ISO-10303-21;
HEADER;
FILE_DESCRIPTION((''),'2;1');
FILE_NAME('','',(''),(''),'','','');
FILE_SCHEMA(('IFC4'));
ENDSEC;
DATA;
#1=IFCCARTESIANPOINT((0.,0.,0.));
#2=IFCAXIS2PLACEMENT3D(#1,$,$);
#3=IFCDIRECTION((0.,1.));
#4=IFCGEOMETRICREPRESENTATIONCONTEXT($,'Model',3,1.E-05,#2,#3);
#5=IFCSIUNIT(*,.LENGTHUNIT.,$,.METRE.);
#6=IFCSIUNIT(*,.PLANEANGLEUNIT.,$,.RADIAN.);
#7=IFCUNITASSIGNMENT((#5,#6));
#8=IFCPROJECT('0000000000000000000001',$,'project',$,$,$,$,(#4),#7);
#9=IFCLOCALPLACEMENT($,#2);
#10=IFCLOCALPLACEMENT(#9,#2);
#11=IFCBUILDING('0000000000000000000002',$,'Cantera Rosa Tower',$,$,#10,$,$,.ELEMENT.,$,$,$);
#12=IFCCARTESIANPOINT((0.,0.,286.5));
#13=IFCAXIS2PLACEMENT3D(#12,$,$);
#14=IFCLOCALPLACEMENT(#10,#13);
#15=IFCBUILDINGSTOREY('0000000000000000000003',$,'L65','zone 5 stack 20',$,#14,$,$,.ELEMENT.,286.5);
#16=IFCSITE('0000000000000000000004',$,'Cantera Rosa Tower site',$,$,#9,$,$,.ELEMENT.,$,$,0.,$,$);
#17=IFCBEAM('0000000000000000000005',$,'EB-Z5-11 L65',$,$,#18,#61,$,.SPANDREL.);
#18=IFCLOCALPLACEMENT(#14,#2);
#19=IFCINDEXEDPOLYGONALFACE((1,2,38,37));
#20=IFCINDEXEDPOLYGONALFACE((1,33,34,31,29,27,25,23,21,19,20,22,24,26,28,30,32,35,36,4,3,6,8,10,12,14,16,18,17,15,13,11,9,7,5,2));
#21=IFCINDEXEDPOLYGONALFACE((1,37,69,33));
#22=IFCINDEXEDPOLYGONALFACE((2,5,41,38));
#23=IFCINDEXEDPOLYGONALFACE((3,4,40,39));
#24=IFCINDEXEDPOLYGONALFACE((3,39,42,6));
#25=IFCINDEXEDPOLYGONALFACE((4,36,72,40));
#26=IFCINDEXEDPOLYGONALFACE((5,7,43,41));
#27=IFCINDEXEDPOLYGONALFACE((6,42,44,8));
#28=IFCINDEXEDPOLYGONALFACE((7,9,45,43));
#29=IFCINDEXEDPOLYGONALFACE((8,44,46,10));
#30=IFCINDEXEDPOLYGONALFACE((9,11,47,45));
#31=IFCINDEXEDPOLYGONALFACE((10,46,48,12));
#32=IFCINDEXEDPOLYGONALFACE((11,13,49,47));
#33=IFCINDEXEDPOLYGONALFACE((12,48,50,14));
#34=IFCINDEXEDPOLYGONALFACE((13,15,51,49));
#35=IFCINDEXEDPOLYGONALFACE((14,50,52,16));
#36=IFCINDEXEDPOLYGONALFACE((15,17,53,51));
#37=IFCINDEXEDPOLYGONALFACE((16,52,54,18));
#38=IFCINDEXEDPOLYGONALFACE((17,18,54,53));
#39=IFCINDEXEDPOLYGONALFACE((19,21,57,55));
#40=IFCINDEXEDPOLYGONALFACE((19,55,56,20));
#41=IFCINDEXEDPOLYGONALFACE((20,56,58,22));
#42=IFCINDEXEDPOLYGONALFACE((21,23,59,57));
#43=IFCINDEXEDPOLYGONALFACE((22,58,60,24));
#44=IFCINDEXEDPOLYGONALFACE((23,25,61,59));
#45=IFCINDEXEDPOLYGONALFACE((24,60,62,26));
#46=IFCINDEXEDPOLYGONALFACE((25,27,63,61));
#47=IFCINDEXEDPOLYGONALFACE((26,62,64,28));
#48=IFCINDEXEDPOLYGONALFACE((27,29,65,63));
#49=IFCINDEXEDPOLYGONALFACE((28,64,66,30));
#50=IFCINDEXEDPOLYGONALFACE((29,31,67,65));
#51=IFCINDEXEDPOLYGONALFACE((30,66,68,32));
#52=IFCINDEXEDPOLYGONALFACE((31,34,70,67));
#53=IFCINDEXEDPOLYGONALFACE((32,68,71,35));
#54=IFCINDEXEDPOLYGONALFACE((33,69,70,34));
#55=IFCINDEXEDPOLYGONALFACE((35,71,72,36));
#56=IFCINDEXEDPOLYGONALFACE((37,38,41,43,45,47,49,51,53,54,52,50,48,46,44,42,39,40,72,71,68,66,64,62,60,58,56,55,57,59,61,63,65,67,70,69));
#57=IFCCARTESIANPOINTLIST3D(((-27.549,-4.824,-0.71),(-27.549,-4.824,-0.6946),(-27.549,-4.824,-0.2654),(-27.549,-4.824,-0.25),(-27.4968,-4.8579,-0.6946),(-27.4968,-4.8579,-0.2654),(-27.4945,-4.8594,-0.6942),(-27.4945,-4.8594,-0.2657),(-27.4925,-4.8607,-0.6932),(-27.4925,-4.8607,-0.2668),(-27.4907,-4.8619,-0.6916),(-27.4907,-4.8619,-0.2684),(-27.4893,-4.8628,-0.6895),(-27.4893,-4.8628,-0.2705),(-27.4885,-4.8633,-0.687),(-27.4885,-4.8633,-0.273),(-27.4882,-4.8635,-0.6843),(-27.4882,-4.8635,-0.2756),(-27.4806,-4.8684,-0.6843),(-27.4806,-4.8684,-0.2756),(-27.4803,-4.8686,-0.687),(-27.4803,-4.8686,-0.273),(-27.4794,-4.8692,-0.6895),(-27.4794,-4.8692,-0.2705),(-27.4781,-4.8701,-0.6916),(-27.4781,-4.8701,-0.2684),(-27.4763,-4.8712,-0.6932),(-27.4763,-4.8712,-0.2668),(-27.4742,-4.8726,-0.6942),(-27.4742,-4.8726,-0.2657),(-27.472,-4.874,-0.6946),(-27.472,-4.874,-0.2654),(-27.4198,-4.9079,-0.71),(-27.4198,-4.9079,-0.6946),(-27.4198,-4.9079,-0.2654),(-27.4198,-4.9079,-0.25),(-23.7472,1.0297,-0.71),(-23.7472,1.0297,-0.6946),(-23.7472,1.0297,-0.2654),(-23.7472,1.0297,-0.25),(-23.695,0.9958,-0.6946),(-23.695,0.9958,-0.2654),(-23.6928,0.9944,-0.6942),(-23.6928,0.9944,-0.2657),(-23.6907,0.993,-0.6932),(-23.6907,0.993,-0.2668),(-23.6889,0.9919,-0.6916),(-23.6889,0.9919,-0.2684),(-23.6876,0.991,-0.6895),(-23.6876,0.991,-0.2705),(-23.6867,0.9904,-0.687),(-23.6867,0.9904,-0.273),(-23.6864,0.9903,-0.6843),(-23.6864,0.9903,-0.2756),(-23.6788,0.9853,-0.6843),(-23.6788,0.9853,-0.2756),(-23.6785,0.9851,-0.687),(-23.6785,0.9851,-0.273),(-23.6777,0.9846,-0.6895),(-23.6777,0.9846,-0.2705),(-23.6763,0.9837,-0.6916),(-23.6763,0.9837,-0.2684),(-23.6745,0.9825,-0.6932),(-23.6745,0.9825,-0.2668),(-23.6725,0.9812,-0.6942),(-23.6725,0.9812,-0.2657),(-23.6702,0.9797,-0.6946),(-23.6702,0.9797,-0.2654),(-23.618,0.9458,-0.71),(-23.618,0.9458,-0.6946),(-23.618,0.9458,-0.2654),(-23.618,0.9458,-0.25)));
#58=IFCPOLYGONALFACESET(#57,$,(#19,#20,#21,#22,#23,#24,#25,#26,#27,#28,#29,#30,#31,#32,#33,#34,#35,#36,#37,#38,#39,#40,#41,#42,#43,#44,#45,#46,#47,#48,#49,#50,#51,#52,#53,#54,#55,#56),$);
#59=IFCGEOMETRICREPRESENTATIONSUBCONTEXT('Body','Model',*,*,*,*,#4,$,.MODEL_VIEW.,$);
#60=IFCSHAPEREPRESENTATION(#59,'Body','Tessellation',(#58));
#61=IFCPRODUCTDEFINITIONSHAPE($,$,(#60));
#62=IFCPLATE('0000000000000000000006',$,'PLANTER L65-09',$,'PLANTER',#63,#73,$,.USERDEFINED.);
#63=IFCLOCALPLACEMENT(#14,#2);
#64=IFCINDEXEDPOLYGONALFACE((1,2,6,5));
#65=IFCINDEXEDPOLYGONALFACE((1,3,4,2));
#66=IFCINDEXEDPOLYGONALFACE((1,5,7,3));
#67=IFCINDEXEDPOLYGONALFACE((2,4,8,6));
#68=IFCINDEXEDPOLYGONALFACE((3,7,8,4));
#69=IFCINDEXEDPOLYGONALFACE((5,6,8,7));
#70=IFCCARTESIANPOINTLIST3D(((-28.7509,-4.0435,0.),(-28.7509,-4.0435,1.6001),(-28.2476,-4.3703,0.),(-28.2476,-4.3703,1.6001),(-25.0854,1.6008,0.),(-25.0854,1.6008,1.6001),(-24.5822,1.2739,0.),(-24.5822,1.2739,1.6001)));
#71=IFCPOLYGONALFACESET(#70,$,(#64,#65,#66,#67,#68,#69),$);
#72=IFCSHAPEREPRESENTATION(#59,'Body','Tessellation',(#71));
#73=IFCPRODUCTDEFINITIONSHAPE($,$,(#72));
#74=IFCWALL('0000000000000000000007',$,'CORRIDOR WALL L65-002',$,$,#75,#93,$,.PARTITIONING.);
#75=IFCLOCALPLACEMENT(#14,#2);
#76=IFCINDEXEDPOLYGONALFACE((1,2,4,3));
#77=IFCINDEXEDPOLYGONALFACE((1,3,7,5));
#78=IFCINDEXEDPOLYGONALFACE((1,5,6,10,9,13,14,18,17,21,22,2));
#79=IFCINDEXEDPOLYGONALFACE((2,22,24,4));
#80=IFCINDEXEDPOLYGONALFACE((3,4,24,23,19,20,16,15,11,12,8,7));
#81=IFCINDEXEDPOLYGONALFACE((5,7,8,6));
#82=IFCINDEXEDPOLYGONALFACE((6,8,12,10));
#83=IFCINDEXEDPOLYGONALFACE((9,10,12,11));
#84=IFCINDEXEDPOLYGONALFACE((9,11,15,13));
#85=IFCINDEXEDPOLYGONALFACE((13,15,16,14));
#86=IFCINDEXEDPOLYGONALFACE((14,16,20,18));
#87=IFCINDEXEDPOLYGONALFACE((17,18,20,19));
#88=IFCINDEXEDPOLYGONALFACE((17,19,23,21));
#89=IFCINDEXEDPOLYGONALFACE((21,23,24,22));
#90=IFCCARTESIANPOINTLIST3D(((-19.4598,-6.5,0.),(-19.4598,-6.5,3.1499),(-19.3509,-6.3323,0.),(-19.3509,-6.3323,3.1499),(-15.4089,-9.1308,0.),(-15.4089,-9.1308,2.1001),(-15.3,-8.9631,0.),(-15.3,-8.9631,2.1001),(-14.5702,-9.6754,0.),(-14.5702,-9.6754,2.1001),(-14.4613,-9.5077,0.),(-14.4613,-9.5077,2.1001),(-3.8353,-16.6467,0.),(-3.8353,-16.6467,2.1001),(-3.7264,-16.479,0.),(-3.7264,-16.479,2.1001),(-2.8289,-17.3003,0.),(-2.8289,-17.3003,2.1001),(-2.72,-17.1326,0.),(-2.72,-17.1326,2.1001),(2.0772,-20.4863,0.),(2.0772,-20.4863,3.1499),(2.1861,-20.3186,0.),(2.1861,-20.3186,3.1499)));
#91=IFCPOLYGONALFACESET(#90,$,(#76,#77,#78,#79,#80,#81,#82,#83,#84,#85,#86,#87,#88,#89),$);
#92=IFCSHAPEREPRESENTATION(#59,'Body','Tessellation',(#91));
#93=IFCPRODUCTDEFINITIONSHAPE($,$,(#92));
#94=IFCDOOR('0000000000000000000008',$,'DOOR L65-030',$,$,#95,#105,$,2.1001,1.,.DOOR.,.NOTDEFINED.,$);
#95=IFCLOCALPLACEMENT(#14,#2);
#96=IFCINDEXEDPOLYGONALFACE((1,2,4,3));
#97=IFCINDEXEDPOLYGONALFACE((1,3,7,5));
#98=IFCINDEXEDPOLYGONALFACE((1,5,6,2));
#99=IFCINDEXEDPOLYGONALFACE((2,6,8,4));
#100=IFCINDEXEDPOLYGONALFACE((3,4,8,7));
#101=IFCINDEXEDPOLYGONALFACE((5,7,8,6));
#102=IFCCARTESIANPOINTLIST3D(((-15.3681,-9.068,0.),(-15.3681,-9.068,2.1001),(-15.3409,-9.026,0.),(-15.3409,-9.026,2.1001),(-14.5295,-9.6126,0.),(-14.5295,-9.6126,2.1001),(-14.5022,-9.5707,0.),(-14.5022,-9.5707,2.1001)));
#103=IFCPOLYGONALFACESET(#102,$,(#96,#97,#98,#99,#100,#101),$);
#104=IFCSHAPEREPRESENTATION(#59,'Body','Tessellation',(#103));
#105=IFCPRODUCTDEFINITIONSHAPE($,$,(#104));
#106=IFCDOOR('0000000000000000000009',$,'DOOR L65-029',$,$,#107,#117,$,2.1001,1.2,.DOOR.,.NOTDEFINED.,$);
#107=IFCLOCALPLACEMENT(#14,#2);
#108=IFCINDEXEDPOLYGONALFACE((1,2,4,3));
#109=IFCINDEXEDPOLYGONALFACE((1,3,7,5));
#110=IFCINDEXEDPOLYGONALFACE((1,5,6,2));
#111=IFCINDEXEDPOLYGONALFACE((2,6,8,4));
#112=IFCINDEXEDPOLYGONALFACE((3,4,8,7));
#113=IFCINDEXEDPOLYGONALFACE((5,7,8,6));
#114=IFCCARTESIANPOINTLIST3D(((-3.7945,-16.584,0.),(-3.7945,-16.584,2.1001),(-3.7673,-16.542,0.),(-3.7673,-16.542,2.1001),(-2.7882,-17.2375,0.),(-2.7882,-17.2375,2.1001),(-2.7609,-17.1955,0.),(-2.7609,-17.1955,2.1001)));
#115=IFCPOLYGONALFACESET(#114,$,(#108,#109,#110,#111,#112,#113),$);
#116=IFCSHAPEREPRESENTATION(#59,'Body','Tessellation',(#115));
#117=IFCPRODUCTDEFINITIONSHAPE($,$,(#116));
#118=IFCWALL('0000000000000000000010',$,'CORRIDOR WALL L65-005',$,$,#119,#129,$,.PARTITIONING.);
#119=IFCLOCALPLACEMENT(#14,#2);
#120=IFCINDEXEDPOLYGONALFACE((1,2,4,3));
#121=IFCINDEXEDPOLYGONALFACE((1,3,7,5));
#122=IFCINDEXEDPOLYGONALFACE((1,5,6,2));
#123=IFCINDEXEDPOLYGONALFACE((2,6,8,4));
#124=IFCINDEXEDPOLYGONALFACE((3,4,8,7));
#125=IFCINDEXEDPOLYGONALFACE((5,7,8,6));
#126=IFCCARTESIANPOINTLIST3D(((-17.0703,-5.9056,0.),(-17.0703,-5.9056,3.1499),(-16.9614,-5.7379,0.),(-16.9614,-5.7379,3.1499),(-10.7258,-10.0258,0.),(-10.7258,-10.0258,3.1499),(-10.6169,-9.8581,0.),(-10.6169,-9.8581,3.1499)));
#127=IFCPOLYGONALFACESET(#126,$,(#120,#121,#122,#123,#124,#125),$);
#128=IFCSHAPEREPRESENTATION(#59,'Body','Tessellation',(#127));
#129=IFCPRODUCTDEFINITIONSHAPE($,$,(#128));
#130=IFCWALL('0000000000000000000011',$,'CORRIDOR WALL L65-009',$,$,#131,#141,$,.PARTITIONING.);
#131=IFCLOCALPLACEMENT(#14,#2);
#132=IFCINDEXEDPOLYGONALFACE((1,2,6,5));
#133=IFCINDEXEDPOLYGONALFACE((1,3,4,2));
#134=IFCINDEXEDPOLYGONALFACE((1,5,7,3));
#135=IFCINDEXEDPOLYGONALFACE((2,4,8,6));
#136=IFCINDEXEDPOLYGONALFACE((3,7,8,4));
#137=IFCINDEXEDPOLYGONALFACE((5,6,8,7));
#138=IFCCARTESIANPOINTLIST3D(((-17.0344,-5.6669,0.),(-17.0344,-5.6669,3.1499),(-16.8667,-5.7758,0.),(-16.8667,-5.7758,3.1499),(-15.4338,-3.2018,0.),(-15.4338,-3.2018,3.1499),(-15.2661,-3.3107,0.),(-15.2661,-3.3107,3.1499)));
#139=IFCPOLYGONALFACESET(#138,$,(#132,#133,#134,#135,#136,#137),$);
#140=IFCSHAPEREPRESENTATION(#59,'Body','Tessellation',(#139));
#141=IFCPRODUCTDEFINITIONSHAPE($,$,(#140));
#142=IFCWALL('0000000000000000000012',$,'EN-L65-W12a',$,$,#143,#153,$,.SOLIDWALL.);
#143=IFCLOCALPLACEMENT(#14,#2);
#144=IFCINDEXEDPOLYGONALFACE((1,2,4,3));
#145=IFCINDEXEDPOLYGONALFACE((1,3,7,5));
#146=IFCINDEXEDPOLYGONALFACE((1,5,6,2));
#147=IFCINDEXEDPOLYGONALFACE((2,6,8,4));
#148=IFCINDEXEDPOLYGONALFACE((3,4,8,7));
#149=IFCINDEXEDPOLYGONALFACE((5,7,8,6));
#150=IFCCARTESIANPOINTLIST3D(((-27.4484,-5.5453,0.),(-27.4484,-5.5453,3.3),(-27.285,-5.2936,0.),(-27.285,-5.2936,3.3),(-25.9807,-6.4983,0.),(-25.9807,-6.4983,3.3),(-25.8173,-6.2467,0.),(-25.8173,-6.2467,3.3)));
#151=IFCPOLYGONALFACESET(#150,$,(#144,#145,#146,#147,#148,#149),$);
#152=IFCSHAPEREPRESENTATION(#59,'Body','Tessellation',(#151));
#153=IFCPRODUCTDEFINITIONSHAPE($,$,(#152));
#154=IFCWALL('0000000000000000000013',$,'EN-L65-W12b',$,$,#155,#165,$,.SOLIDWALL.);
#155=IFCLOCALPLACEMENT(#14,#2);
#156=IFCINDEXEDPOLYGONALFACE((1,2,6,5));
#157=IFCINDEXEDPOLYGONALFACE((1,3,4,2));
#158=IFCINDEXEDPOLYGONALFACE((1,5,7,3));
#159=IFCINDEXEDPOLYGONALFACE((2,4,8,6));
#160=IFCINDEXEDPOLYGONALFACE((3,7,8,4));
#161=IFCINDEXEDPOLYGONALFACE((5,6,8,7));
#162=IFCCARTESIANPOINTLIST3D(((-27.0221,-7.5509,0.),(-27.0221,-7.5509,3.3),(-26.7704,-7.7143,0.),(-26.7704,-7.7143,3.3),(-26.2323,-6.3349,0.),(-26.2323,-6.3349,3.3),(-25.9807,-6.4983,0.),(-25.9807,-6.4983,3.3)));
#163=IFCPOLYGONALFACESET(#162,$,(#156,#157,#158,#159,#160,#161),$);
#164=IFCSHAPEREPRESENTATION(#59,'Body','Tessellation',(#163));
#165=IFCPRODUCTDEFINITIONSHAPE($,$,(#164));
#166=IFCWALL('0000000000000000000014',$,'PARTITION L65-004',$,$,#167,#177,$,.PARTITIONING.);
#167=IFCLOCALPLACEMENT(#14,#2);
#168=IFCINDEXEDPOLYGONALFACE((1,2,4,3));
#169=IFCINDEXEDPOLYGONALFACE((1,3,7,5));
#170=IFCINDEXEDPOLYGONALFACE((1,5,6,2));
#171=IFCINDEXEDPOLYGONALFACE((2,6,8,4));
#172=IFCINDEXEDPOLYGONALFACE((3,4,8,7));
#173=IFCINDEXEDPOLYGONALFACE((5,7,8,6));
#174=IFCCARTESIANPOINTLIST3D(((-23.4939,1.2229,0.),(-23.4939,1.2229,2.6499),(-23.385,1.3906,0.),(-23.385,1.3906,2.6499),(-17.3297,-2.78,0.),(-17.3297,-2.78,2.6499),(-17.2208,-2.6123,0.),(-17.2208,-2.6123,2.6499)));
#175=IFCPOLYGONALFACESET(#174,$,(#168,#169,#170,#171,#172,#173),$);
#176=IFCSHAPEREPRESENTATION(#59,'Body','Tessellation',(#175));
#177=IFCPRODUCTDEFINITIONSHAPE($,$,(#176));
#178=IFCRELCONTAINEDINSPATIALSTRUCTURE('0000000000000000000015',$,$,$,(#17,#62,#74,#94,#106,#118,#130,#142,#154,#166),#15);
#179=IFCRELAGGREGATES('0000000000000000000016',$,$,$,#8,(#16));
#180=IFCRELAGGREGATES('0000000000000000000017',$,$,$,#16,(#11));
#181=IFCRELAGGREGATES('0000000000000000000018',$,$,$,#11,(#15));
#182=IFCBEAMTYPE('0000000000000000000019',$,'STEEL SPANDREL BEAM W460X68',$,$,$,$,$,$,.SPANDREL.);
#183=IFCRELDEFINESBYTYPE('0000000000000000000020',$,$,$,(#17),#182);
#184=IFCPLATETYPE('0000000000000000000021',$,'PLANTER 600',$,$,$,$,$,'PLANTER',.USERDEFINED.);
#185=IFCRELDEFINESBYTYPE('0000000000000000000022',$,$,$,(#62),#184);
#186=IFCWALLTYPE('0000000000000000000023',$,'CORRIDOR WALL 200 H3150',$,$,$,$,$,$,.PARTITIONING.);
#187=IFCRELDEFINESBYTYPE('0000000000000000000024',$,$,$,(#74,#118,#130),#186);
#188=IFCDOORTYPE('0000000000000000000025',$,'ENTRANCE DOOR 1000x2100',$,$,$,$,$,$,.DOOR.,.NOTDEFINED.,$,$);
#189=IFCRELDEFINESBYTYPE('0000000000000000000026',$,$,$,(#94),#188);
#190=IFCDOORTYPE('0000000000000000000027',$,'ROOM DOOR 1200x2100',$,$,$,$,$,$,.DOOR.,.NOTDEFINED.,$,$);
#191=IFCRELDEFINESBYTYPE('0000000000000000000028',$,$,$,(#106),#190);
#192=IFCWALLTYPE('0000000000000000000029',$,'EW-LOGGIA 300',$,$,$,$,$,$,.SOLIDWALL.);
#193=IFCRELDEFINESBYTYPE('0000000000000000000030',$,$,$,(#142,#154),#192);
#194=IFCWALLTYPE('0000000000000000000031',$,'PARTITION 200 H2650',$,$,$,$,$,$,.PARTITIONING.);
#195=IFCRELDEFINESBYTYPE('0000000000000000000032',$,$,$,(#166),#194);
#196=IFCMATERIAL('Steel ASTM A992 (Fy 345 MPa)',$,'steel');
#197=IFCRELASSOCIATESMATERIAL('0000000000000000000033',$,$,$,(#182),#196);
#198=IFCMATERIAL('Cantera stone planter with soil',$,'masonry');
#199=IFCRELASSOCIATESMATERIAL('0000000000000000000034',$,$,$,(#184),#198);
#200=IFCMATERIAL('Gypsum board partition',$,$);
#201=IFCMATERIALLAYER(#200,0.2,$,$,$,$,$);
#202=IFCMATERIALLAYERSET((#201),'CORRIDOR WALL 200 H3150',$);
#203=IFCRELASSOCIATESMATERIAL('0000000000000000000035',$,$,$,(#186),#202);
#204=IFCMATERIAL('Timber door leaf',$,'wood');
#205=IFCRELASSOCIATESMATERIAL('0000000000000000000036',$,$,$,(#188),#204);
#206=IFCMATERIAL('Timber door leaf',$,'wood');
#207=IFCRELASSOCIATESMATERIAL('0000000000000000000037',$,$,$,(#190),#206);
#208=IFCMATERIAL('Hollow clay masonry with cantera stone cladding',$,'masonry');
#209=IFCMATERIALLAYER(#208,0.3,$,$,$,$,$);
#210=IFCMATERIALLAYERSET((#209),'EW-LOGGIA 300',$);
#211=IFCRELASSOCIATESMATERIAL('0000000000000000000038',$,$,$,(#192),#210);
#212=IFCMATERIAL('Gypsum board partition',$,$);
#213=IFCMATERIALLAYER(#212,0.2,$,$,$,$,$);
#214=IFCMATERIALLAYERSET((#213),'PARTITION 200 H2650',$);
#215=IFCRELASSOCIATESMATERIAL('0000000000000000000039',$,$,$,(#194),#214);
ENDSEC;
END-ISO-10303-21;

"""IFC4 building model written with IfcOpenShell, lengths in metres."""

from ifc_helpers import new_model, si_unit, direction, frame, frame_2d, origin, origin_2d, place, context, subcontext, project, spatial, rectangle, i_section, extrude, material, layer, layer_set, material_profile, profile_set, type_object, element, fill, save


model = new_model("IFC4")

# Units and contexts
model_context = context("Model", 3, precision=1e-05, world=origin(), true_north=direction((0.0, 1.0)))
body_context = subcontext(model_context, "Body", "Model", "MODEL_VIEW")
ifc_project = project(units=[si_unit("LENGTHUNIT", "METRE"), si_unit("PLANEANGLEUNIT", "RADIAN")], contexts=[model_context])

# Site, building, storey
site_placement = place(None, origin())
site = spatial("IfcSite", under=ifc_project, at=site_placement, Name="Cantera Rosa Tower site", CompositionType="ELEMENT", RefElevation=0.0)
building_placement = place(site_placement, origin())
building = spatial("IfcBuilding", under=site, at=building_placement, Name="Cantera Rosa Tower", CompositionType="ELEMENT")
storey_placement = place(building_placement, frame((0.0, 0.0, 286.5)))
storey = spatial("IfcBuildingStorey", under=building, at=storey_placement, Name="L65", Description="zone 5 stack 20", CompositionType="ELEMENT", Elevation=286.5)

# Beam
ifc_material_1 = material(Name="Steel ASTM A992 (Fy 345 MPa)", Category="steel")
ifc_material_profile_1 = material_profile(ifc_material_1, i_section(OverallWidth=0.1541, OverallDepth=0.46, WebThickness=0.009, FlangeThickness=0.0154, FilletRadius=0.0103, at=origin_2d()), Name="W460X68")
ifc_profile_set_1 = profile_set([ifc_material_profile_1], Name="Steel ASTM A992 (Fy 345 MPa)")
beam_type_1 = type_object("IfcBeamType", Name="STEEL SPANDREL BEAM W460X68", PredefinedType="SPANDREL", material=ifc_profile_set_1)
beam_1_placement = place(storey_placement, frame((-23.6826, 0.9878, -0.48), z_axis=(-0.544667, -0.838652, 0.0), x_axis=(0.838652, -0.544667, 0.0)))
element("IfcBeam", 1, at=beam_1_placement, inside=storey, type_object=beam_type_1, Name="EB-Z5-11 L65", PredefinedType="SPANDREL", context=body_context, shape_type="SweptSolid", body=[
    extrude(i_section(OverallWidth=0.1541, OverallDepth=0.46, WebThickness=0.009, FlangeThickness=0.0154, FilletRadius=0.0103, at=origin_2d()), origin(), (0.0, 0.0, 1.0), 6.98),
])

# Plate
ifc_material_2 = material(Name="Cantera stone planter with soil", Category="masonry")
plate_type = type_object("IfcPlateType", Name="PLANTER 600", ElementType="PLANTER", PredefinedType="USERDEFINED", material=ifc_material_2)
plate_placement = place(storey_placement, frame((-26.6665, -1.3848, 0.0), z_axis=(0.0, 0.0, 1.0), x_axis=(-0.544639, -0.838671, 0.0)))
element("IfcPlate", 2, at=plate_placement, inside=storey, type_object=plate_type, Name="PLANTER L65-09", ObjectType="PLANTER", PredefinedType="USERDEFINED", context=body_context, shape_type="SweptSolid", body=[
    extrude(rectangle(XDim=6.73, YDim=0.6001, at=origin_2d()), origin(), (0.0, 0.0, 1.0), 1.6001),
])

# Wall, openings, doors
ifc_material_3 = material(Name="Gypsum board partition")
ifc_layer_1 = layer(ifc_material_3, 0.2)
ifc_layer_set_1 = layer_set([ifc_layer_1], Name="CORRIDOR WALL 200 H3150")
wall_type_1 = type_object("IfcWallType", Name="CORRIDOR WALL 200 H3150", PredefinedType="PARTITIONING", material=ifc_layer_set_1)
wall_1_placement = place(storey_placement, frame((-19.4053, -6.4163, 0.0), z_axis=(0.0, 0.0, 1.0), x_axis=(0.838671, -0.544638, 0.0)))
wall_1 = element("IfcWall", 3, at=wall_1_placement, inside=storey, type_object=wall_type_1, Name="CORRIDOR WALL L65-002", PredefinedType="PARTITIONING", context=body_context, shape_type="SweptSolid", body=[
    extrude(rectangle(XDim=25.6799, YDim=0.2, at=frame_2d((12.8398, 0.0))), origin(), (0.0, 0.0, 1.0), 3.1499),
])
opening_1_placement = place(wall_1_placement, frame((18.6299, 0.0, 0.0)))
opening_1 = element("IfcOpeningElement", 4, at=opening_1_placement, cuts=wall_1, PredefinedType="OPENING", context=body_context, shape_type="SweptSolid", body=[
    extrude(rectangle(XDim=1.2, YDim=2.1001, at=frame_2d((0.6001, 1.05))), frame((0.0, 0.1099, 0.0), z_axis=(0.0, -1.0, 0.0), x_axis=(1.0, 0.0, 0.0)), (0.0, 0.0, 1.0), 0.22),
])
opening_2_placement = place(wall_1_placement, frame((4.8301, 0.0, 0.0)))
opening_2 = element("IfcOpeningElement", 5, at=opening_2_placement, cuts=wall_1, PredefinedType="OPENING", context=body_context, shape_type="SweptSolid", body=[
    extrude(rectangle(XDim=1.0, YDim=2.1001, at=frame_2d((0.5, 1.05))), frame((0.0, 0.1099, 0.0), z_axis=(0.0, -1.0, 0.0), x_axis=(1.0, 0.0, 0.0)), (0.0, 0.0, 1.0), 0.22),
])
ifc_material_4 = material(Name="Timber door leaf", Category="wood")
door_type_1 = type_object("IfcDoorType", Name="ENTRANCE DOOR 1000x2100", OperationType="NOTDEFINED", PredefinedType="DOOR", material=ifc_material_4)
door_1_placement = place(opening_2_placement, origin())
door_1 = element("IfcDoor", 6, at=door_1_placement, inside=storey, type_object=door_type_1, Name="DOOR L65-030", OperationType="NOTDEFINED", OverallHeight=2.1001, OverallWidth=1.0, PredefinedType="DOOR", context=body_context, shape_type="SweptSolid", body=[
    extrude(rectangle(XDim=1.0, YDim=2.1001, at=frame_2d((0.5, 1.05))), frame((0.0, 0.0249, 0.0), z_axis=(0.0, -1.0, 0.0), x_axis=(1.0, 0.0, 0.0)), (0.0, 0.0, 1.0), 0.05),
])
fill(opening_2, door_1)
ifc_material_5 = material(Name="Timber door leaf", Category="wood")
door_type_2 = type_object("IfcDoorType", Name="ROOM DOOR 1200x2100", OperationType="NOTDEFINED", PredefinedType="DOOR", material=ifc_material_5)
door_2_placement = place(opening_1_placement, origin())
door_2 = element("IfcDoor", 7, at=door_2_placement, inside=storey, type_object=door_type_2, Name="DOOR L65-029", OperationType="NOTDEFINED", OverallHeight=2.1001, OverallWidth=1.2, PredefinedType="DOOR", context=body_context, shape_type="SweptSolid", body=[
    extrude(rectangle(XDim=1.2, YDim=2.1001, at=frame_2d((0.6001, 1.05))), frame((0.0, 0.0249, 0.0), z_axis=(0.0, -1.0, 0.0), x_axis=(1.0, 0.0, 0.0)), (0.0, 0.0, 1.0), 0.05),
])
fill(opening_1, door_2)

# Walls
wall_2_placement = place(storey_placement, frame((-17.0159, -5.8218, 0.0), z_axis=(0.0, 0.0, 1.0), x_axis=(0.838673, -0.544636, 0.0)))
element("IfcWall", 8, at=wall_2_placement, inside=storey, type_object=wall_type_1, Name="CORRIDOR WALL L65-005", PredefinedType="PARTITIONING", context=body_context, shape_type="SweptSolid", body=[
    extrude(rectangle(XDim=7.5649, YDim=0.2, at=frame_2d((3.7825, 0.0))), origin(), (0.0, 0.0, 1.0), 3.1499),
])
wall_3_placement = place(storey_placement, frame((-15.3499, -3.2561, 0.0), z_axis=(0.0, 0.0, 1.0), x_axis=(-0.544577, -0.838711, 0.0)))
element("IfcWall", 9, at=wall_3_placement, inside=storey, type_object=wall_type_1, Name="CORRIDOR WALL L65-009", PredefinedType="PARTITIONING", context=body_context, shape_type="SweptSolid", body=[
    extrude(rectangle(XDim=2.9392, YDim=0.2, at=frame_2d((1.4697, 0.0))), origin(), (0.0, 0.0, 1.0), 3.1499),
])
ifc_material_6 = material(Name="Hollow clay masonry with cantera stone cladding", Category="masonry")
ifc_layer_2 = layer(ifc_material_6, 0.3)
ifc_layer_set_2 = layer_set([ifc_layer_2], Name="EW-LOGGIA 300")
wall_type_2 = type_object("IfcWallType", Name="EW-LOGGIA 300", PredefinedType="SOLIDWALL", material=ifc_layer_set_2)
wall_4_placement = place(storey_placement, frame((-27.3667, -5.4194, 0.0), z_axis=(0.0, 0.0, 1.0), x_axis=(0.838686, -0.544616, 0.0)))
element("IfcWall", 10, at=wall_4_placement, inside=storey, type_object=wall_type_2, Name="EN-L65-W12a", PredefinedType="SOLIDWALL", context=body_context, shape_type="SweptSolid", body=[
    extrude(rectangle(XDim=1.75, YDim=0.3, at=frame_2d((0.875, 0.0))), origin(), (0.0, 0.0, 1.0), 3.3),
])
wall_5_placement = place(storey_placement, frame((-26.1064, -6.4165, 0.0), z_axis=(0.0, 0.0, 1.0), x_axis=(-0.544675, -0.838647, 0.0)))
element("IfcWall", 11, at=wall_5_placement, inside=storey, type_object=wall_type_2, Name="EN-L65-W12b", PredefinedType="SOLIDWALL", context=body_context, shape_type="SweptSolid", body=[
    extrude(rectangle(XDim=1.45, YDim=0.3, at=frame_2d((0.7251, 0.0))), origin(), (0.0, 0.0, 1.0), 3.3),
])

# Wall
ifc_material_7 = material(Name="Gypsum board partition")
ifc_layer_3 = layer(ifc_material_7, 0.2)
ifc_layer_set_3 = layer_set([ifc_layer_3], Name="PARTITION 200 H2650")
wall_type_3 = type_object("IfcWallType", Name="PARTITION 200 H2650", PredefinedType="PARTITIONING", material=ifc_layer_set_3)
wall_6_placement = place(storey_placement, frame((-17.2754, -2.696, 0.0), z_axis=(0.0, 0.0, 1.0), x_axis=(-0.838684, 0.544618, 0.0)))
element("IfcWall", 12, at=wall_6_placement, inside=storey, type_object=wall_type_3, Name="PARTITION L65-004", PredefinedType="PARTITIONING", context=body_context, shape_type="SweptSolid", body=[
    extrude(rectangle(XDim=7.3499, YDim=0.2, at=frame_2d((3.6748, 0.0))), origin(), (0.0, 0.0, 1.0), 2.6499),
])

save(model, "model.ifc")
